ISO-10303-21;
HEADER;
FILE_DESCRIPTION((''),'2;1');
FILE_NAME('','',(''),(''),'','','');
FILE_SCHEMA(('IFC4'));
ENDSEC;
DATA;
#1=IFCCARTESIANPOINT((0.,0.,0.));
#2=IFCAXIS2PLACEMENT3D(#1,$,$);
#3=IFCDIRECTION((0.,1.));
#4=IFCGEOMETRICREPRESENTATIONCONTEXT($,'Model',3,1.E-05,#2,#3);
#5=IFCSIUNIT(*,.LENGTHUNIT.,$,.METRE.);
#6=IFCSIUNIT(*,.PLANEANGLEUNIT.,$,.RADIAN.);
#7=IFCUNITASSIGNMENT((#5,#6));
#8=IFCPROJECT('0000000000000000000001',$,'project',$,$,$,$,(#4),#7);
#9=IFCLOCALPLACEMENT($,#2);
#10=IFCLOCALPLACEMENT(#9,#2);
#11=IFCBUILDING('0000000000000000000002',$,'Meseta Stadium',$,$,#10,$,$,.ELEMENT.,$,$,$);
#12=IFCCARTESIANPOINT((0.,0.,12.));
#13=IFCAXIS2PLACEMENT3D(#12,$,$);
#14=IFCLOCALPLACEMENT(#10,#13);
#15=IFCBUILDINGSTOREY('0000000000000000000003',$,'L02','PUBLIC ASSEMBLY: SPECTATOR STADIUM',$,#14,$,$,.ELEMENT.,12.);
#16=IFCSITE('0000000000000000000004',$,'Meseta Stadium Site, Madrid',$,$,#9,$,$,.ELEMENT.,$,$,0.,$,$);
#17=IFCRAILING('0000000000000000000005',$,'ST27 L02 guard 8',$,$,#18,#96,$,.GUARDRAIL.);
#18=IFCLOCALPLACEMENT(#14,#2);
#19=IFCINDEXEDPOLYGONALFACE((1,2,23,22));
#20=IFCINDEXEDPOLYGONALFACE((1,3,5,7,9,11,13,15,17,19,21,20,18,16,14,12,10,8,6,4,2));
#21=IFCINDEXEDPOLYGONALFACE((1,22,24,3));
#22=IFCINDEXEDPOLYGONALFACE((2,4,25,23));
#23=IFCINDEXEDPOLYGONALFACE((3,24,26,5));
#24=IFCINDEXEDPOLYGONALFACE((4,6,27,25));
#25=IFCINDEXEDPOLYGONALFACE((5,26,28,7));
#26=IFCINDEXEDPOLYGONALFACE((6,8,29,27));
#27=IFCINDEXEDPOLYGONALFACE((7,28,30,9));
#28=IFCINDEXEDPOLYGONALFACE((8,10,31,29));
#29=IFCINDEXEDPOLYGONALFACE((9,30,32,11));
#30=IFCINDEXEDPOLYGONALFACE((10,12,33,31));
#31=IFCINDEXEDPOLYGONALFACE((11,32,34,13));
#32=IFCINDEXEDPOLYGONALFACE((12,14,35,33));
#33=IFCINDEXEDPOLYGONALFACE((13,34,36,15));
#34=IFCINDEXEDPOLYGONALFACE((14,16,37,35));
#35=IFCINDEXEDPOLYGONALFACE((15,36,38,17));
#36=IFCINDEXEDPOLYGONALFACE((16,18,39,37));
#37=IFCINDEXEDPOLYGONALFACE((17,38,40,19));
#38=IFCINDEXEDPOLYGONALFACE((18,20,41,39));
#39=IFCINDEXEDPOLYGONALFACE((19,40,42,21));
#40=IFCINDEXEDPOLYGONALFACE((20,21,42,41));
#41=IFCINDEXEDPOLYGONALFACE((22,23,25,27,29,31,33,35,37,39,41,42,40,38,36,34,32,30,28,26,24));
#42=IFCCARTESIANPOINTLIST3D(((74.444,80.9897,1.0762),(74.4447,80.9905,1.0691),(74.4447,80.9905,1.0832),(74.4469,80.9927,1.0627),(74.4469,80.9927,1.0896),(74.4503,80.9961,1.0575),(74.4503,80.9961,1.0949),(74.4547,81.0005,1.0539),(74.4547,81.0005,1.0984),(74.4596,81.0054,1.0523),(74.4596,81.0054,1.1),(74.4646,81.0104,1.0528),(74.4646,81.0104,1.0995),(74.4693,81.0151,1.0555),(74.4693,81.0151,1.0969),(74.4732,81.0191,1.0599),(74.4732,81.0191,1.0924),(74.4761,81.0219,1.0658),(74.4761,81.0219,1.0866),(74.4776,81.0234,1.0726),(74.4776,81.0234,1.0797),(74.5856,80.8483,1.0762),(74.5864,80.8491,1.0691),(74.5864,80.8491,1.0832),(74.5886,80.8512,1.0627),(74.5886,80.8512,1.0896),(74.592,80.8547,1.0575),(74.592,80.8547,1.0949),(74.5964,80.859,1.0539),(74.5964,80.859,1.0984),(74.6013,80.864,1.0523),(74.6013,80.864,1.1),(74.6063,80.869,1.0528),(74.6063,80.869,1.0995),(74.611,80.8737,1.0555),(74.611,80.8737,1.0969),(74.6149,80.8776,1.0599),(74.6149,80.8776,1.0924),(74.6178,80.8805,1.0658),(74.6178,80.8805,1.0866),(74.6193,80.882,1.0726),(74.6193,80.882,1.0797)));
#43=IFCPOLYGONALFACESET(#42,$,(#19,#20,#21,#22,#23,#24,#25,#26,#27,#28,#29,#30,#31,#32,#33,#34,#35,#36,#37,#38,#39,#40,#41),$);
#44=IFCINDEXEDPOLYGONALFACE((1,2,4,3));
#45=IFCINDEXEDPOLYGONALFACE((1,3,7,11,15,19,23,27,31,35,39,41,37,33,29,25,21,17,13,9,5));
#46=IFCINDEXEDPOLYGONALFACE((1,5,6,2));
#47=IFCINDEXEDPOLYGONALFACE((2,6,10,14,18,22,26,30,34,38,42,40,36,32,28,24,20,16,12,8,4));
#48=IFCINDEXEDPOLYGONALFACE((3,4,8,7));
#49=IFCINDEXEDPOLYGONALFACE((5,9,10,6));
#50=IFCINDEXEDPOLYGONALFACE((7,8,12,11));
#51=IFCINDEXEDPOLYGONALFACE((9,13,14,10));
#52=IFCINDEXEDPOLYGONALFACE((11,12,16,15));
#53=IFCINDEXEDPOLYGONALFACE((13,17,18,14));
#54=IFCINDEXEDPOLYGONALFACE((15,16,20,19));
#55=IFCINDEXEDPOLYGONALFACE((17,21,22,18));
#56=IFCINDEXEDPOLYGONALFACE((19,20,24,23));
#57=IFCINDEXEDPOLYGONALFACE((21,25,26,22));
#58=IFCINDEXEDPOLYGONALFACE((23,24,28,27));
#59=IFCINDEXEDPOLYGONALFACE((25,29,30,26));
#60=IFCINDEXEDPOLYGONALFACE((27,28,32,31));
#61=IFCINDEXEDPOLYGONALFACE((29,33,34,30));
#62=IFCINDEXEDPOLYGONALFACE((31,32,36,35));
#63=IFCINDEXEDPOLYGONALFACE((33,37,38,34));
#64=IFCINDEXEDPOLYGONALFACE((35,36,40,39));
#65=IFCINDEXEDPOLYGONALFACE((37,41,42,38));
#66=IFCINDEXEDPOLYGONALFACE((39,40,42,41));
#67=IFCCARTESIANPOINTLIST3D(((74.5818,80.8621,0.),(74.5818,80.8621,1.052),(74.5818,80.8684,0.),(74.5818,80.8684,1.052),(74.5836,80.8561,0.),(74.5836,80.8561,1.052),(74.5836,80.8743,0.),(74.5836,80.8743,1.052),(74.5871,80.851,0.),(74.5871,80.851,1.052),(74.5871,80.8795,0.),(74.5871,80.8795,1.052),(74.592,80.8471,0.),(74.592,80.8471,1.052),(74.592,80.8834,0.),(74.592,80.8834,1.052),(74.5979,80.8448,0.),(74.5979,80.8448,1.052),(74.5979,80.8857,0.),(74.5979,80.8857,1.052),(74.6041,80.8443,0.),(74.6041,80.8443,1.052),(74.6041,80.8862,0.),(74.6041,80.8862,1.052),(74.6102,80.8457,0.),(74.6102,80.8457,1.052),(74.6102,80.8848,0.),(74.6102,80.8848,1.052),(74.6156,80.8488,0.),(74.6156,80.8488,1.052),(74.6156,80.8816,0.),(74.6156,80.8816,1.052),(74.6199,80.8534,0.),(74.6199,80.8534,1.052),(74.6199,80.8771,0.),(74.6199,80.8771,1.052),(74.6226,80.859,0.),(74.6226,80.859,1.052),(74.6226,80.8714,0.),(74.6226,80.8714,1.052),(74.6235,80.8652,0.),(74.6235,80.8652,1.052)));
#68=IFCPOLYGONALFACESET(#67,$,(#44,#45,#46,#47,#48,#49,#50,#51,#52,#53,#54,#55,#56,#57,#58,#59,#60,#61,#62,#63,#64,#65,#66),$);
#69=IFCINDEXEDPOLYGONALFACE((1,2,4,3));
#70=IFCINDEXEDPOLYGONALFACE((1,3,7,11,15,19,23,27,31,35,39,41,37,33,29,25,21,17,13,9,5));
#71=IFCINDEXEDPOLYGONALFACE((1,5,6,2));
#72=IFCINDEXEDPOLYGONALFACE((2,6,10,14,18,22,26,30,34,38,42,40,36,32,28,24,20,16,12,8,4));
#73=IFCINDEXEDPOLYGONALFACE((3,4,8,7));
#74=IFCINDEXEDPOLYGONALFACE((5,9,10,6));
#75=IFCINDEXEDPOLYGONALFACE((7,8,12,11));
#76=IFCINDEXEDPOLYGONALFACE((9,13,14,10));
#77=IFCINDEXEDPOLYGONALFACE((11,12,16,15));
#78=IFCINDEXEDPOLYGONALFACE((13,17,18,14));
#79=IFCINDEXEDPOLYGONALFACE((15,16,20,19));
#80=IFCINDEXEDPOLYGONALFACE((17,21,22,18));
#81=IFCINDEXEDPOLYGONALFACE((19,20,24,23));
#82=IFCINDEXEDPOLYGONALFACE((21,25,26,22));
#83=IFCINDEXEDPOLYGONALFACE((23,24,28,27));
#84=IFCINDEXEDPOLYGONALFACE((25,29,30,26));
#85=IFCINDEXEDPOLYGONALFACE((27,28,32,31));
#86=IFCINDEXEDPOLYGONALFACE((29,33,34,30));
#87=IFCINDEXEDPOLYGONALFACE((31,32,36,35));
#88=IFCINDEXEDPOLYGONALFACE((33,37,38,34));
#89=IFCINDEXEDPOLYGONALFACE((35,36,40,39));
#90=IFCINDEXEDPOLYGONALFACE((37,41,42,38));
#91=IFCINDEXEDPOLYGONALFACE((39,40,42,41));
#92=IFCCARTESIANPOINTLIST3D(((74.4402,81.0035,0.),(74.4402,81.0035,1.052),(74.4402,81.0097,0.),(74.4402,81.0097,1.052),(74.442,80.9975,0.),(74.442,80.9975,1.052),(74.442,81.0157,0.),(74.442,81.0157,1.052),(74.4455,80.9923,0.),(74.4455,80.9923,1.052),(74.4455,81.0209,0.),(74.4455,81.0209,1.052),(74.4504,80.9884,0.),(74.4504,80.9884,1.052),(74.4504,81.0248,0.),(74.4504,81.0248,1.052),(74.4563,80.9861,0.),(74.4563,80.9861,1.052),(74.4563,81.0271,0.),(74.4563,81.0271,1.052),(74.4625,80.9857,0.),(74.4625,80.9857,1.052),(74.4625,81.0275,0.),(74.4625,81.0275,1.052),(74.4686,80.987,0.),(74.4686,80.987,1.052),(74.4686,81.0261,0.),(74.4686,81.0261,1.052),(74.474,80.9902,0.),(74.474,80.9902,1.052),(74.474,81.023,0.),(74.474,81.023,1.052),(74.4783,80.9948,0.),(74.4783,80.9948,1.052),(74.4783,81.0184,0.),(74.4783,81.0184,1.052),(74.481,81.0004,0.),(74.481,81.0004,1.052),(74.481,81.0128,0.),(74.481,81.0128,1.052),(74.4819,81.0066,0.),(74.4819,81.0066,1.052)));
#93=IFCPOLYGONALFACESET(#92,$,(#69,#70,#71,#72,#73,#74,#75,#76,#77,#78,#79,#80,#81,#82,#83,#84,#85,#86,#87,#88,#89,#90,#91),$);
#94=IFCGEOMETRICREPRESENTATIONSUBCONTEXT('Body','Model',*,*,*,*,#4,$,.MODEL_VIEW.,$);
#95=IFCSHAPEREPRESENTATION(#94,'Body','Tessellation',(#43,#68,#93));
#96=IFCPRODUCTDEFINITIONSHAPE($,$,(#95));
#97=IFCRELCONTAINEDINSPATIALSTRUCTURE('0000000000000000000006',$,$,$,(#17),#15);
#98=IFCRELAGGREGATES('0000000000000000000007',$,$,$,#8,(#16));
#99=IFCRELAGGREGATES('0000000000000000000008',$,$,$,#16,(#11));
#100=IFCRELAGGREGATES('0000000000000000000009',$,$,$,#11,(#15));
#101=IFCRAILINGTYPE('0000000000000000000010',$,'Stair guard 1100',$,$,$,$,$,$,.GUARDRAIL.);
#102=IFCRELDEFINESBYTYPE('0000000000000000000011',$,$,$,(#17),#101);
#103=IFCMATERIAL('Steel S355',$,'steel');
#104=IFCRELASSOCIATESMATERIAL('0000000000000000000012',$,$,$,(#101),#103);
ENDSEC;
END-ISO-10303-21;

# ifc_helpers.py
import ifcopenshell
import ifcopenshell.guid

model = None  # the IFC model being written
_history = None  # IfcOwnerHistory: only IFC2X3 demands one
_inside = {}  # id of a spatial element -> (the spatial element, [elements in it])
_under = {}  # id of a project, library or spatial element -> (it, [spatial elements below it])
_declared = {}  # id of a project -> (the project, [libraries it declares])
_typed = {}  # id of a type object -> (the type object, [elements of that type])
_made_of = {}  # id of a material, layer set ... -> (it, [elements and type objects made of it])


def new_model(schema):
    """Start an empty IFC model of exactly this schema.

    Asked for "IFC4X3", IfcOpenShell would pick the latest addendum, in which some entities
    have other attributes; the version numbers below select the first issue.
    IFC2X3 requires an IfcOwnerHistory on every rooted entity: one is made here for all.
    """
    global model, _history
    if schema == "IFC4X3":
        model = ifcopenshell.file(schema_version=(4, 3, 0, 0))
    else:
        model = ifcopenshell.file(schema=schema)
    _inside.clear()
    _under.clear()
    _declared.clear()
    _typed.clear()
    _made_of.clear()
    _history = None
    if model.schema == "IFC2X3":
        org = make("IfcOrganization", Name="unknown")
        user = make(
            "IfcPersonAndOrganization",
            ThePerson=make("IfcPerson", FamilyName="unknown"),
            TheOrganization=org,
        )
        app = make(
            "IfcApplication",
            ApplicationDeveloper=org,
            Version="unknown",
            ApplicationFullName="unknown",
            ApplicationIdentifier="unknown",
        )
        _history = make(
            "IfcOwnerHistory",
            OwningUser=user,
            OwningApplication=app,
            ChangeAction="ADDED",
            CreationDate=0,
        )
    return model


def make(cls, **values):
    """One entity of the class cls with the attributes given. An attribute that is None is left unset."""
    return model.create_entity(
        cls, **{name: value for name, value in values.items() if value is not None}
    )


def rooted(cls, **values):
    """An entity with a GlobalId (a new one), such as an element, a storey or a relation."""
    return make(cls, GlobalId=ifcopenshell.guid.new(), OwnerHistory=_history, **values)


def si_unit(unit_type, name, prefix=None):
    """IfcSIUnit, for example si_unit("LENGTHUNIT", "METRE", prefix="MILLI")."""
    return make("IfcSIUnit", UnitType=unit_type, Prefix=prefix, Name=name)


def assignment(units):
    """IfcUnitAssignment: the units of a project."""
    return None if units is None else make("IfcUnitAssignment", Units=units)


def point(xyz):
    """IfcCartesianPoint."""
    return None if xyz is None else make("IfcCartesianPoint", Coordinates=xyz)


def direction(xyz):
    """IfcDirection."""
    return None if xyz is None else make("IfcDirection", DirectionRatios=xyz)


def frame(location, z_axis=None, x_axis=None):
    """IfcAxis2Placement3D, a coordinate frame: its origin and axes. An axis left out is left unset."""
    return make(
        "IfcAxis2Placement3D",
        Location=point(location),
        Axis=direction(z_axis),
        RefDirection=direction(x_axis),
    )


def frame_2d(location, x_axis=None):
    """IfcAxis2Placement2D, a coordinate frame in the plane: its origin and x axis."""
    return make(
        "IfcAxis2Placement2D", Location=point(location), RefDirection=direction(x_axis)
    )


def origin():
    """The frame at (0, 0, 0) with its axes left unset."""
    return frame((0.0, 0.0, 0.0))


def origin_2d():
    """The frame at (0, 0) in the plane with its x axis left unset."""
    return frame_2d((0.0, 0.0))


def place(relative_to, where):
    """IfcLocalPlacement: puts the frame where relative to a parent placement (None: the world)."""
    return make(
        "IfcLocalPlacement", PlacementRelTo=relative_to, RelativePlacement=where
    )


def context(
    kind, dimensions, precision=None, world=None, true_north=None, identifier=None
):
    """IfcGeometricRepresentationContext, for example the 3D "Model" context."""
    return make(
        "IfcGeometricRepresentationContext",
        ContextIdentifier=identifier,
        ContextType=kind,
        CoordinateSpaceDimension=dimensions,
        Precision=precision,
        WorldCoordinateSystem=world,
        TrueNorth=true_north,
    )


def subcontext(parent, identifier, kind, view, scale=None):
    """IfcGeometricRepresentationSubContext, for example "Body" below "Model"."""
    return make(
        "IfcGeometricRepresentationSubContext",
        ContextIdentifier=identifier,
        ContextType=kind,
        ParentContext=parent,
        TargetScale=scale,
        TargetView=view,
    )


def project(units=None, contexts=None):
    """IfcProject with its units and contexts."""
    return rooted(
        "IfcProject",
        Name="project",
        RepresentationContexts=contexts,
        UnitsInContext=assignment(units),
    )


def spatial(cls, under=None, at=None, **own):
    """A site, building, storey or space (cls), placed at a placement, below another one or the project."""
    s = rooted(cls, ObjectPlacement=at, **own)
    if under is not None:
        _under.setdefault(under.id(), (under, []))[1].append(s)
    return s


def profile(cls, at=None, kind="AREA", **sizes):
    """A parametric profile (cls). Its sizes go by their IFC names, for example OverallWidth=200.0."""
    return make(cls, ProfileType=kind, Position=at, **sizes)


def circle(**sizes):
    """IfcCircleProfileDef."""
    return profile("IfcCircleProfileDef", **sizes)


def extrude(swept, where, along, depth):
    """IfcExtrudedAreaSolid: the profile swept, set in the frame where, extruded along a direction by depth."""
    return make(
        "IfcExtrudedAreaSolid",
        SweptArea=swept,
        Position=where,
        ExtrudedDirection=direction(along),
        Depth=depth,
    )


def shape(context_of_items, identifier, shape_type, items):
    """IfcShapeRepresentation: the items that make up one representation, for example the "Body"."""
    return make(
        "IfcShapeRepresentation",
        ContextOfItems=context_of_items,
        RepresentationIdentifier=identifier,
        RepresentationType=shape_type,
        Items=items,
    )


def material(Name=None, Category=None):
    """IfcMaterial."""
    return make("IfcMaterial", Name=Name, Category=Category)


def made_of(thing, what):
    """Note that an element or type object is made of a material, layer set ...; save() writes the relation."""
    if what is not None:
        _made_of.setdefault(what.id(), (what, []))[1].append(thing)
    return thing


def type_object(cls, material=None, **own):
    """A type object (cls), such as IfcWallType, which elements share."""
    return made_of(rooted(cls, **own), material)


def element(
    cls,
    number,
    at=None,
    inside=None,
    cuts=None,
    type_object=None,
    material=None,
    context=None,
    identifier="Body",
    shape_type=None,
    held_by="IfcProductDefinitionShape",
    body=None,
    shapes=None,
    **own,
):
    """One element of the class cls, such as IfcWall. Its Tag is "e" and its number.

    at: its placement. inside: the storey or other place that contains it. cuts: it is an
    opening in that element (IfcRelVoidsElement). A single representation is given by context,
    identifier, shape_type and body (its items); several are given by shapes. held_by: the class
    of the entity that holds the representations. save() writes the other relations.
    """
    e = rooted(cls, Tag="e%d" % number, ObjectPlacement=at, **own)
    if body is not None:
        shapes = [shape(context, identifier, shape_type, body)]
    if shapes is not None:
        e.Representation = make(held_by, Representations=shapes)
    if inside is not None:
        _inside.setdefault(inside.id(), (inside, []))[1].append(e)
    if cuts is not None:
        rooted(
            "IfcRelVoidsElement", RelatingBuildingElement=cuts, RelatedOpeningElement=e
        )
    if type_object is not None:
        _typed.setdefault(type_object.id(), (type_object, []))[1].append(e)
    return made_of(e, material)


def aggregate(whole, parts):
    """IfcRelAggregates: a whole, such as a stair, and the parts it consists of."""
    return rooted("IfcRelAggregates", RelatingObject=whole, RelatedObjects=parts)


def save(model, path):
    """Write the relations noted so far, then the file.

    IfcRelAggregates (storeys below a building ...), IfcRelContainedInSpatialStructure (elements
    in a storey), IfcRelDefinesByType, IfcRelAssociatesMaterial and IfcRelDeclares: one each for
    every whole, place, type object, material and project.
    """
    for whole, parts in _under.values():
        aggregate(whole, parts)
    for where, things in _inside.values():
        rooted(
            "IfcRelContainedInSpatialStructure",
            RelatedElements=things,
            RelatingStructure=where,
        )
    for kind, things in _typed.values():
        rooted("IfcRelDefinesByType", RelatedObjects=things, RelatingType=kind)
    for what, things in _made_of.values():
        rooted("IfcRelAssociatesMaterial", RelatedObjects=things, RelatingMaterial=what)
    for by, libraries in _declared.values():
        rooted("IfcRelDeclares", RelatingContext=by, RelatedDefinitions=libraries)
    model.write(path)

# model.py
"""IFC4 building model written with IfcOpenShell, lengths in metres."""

from ifc_helpers import new_model, si_unit, direction, frame, origin, origin_2d, place, context, subcontext, project, spatial, circle, extrude, material, type_object, element, save


model = new_model("IFC4")

# Units and contexts
model_context = context("Model", 3, precision=1e-05, world=origin(), true_north=direction((0.0, 1.0)))
body_context = subcontext(model_context, "Body", "Model", "MODEL_VIEW")
ifc_project = project(units=[si_unit("LENGTHUNIT", "METRE"), si_unit("PLANEANGLEUNIT", "RADIAN")], contexts=[model_context])

# Site, building, storey
site_placement = place(None, origin())
site = spatial("IfcSite", under=ifc_project, at=site_placement, Name="Meseta Stadium Site, Madrid", CompositionType="ELEMENT", RefElevation=0.0)
building_placement = place(site_placement, origin())
building = spatial("IfcBuilding", under=site, at=building_placement, Name="Meseta Stadium", CompositionType="ELEMENT")
storey_placement = place(building_placement, frame((0.0, 0.0, 12.0)))
storey = spatial("IfcBuildingStorey", under=building, at=storey_placement, Name="L02", Description="PUBLIC ASSEMBLY: SPECTATOR STADIUM", CompositionType="ELEMENT", Elevation=12.0)

# Railing
ifc_material_1 = material(Name="Steel S355", Category="steel")
railing_type_1 = type_object("IfcRailingType", Name="Stair guard 1100", PredefinedType="GUARDRAIL", material=ifc_material_1)
railing_1_placement = place(storey_placement, frame((74.6025, 80.8652, 0.0)))
element("IfcRailing", 1, at=railing_1_placement, inside=storey, type_object=railing_type_1, Name="ST27 L02 guard 8", PredefinedType="GUARDRAIL", context=body_context, shape_type="SweptSolid", body=[
    extrude(circle(Radius=0.0239, at=origin_2d()), frame((0.0, 0.0, 1.0762), z_axis=(-0.707717, 0.706496, 0.0), x_axis=(-0.706496, -0.707717, 0.0)), (0.0, 0.0, 1.0), 0.2002),
    extrude(circle(Radius=0.021, at=origin_2d()), origin(), (0.0, 0.0, 1.0), 1.052),
    extrude(circle(Radius=0.021, at=origin_2d()), frame((-0.1416, 0.1414, 0.0)), (0.0, 0.0, 1.0), 1.052),
])

save(model, "model.ifc")
